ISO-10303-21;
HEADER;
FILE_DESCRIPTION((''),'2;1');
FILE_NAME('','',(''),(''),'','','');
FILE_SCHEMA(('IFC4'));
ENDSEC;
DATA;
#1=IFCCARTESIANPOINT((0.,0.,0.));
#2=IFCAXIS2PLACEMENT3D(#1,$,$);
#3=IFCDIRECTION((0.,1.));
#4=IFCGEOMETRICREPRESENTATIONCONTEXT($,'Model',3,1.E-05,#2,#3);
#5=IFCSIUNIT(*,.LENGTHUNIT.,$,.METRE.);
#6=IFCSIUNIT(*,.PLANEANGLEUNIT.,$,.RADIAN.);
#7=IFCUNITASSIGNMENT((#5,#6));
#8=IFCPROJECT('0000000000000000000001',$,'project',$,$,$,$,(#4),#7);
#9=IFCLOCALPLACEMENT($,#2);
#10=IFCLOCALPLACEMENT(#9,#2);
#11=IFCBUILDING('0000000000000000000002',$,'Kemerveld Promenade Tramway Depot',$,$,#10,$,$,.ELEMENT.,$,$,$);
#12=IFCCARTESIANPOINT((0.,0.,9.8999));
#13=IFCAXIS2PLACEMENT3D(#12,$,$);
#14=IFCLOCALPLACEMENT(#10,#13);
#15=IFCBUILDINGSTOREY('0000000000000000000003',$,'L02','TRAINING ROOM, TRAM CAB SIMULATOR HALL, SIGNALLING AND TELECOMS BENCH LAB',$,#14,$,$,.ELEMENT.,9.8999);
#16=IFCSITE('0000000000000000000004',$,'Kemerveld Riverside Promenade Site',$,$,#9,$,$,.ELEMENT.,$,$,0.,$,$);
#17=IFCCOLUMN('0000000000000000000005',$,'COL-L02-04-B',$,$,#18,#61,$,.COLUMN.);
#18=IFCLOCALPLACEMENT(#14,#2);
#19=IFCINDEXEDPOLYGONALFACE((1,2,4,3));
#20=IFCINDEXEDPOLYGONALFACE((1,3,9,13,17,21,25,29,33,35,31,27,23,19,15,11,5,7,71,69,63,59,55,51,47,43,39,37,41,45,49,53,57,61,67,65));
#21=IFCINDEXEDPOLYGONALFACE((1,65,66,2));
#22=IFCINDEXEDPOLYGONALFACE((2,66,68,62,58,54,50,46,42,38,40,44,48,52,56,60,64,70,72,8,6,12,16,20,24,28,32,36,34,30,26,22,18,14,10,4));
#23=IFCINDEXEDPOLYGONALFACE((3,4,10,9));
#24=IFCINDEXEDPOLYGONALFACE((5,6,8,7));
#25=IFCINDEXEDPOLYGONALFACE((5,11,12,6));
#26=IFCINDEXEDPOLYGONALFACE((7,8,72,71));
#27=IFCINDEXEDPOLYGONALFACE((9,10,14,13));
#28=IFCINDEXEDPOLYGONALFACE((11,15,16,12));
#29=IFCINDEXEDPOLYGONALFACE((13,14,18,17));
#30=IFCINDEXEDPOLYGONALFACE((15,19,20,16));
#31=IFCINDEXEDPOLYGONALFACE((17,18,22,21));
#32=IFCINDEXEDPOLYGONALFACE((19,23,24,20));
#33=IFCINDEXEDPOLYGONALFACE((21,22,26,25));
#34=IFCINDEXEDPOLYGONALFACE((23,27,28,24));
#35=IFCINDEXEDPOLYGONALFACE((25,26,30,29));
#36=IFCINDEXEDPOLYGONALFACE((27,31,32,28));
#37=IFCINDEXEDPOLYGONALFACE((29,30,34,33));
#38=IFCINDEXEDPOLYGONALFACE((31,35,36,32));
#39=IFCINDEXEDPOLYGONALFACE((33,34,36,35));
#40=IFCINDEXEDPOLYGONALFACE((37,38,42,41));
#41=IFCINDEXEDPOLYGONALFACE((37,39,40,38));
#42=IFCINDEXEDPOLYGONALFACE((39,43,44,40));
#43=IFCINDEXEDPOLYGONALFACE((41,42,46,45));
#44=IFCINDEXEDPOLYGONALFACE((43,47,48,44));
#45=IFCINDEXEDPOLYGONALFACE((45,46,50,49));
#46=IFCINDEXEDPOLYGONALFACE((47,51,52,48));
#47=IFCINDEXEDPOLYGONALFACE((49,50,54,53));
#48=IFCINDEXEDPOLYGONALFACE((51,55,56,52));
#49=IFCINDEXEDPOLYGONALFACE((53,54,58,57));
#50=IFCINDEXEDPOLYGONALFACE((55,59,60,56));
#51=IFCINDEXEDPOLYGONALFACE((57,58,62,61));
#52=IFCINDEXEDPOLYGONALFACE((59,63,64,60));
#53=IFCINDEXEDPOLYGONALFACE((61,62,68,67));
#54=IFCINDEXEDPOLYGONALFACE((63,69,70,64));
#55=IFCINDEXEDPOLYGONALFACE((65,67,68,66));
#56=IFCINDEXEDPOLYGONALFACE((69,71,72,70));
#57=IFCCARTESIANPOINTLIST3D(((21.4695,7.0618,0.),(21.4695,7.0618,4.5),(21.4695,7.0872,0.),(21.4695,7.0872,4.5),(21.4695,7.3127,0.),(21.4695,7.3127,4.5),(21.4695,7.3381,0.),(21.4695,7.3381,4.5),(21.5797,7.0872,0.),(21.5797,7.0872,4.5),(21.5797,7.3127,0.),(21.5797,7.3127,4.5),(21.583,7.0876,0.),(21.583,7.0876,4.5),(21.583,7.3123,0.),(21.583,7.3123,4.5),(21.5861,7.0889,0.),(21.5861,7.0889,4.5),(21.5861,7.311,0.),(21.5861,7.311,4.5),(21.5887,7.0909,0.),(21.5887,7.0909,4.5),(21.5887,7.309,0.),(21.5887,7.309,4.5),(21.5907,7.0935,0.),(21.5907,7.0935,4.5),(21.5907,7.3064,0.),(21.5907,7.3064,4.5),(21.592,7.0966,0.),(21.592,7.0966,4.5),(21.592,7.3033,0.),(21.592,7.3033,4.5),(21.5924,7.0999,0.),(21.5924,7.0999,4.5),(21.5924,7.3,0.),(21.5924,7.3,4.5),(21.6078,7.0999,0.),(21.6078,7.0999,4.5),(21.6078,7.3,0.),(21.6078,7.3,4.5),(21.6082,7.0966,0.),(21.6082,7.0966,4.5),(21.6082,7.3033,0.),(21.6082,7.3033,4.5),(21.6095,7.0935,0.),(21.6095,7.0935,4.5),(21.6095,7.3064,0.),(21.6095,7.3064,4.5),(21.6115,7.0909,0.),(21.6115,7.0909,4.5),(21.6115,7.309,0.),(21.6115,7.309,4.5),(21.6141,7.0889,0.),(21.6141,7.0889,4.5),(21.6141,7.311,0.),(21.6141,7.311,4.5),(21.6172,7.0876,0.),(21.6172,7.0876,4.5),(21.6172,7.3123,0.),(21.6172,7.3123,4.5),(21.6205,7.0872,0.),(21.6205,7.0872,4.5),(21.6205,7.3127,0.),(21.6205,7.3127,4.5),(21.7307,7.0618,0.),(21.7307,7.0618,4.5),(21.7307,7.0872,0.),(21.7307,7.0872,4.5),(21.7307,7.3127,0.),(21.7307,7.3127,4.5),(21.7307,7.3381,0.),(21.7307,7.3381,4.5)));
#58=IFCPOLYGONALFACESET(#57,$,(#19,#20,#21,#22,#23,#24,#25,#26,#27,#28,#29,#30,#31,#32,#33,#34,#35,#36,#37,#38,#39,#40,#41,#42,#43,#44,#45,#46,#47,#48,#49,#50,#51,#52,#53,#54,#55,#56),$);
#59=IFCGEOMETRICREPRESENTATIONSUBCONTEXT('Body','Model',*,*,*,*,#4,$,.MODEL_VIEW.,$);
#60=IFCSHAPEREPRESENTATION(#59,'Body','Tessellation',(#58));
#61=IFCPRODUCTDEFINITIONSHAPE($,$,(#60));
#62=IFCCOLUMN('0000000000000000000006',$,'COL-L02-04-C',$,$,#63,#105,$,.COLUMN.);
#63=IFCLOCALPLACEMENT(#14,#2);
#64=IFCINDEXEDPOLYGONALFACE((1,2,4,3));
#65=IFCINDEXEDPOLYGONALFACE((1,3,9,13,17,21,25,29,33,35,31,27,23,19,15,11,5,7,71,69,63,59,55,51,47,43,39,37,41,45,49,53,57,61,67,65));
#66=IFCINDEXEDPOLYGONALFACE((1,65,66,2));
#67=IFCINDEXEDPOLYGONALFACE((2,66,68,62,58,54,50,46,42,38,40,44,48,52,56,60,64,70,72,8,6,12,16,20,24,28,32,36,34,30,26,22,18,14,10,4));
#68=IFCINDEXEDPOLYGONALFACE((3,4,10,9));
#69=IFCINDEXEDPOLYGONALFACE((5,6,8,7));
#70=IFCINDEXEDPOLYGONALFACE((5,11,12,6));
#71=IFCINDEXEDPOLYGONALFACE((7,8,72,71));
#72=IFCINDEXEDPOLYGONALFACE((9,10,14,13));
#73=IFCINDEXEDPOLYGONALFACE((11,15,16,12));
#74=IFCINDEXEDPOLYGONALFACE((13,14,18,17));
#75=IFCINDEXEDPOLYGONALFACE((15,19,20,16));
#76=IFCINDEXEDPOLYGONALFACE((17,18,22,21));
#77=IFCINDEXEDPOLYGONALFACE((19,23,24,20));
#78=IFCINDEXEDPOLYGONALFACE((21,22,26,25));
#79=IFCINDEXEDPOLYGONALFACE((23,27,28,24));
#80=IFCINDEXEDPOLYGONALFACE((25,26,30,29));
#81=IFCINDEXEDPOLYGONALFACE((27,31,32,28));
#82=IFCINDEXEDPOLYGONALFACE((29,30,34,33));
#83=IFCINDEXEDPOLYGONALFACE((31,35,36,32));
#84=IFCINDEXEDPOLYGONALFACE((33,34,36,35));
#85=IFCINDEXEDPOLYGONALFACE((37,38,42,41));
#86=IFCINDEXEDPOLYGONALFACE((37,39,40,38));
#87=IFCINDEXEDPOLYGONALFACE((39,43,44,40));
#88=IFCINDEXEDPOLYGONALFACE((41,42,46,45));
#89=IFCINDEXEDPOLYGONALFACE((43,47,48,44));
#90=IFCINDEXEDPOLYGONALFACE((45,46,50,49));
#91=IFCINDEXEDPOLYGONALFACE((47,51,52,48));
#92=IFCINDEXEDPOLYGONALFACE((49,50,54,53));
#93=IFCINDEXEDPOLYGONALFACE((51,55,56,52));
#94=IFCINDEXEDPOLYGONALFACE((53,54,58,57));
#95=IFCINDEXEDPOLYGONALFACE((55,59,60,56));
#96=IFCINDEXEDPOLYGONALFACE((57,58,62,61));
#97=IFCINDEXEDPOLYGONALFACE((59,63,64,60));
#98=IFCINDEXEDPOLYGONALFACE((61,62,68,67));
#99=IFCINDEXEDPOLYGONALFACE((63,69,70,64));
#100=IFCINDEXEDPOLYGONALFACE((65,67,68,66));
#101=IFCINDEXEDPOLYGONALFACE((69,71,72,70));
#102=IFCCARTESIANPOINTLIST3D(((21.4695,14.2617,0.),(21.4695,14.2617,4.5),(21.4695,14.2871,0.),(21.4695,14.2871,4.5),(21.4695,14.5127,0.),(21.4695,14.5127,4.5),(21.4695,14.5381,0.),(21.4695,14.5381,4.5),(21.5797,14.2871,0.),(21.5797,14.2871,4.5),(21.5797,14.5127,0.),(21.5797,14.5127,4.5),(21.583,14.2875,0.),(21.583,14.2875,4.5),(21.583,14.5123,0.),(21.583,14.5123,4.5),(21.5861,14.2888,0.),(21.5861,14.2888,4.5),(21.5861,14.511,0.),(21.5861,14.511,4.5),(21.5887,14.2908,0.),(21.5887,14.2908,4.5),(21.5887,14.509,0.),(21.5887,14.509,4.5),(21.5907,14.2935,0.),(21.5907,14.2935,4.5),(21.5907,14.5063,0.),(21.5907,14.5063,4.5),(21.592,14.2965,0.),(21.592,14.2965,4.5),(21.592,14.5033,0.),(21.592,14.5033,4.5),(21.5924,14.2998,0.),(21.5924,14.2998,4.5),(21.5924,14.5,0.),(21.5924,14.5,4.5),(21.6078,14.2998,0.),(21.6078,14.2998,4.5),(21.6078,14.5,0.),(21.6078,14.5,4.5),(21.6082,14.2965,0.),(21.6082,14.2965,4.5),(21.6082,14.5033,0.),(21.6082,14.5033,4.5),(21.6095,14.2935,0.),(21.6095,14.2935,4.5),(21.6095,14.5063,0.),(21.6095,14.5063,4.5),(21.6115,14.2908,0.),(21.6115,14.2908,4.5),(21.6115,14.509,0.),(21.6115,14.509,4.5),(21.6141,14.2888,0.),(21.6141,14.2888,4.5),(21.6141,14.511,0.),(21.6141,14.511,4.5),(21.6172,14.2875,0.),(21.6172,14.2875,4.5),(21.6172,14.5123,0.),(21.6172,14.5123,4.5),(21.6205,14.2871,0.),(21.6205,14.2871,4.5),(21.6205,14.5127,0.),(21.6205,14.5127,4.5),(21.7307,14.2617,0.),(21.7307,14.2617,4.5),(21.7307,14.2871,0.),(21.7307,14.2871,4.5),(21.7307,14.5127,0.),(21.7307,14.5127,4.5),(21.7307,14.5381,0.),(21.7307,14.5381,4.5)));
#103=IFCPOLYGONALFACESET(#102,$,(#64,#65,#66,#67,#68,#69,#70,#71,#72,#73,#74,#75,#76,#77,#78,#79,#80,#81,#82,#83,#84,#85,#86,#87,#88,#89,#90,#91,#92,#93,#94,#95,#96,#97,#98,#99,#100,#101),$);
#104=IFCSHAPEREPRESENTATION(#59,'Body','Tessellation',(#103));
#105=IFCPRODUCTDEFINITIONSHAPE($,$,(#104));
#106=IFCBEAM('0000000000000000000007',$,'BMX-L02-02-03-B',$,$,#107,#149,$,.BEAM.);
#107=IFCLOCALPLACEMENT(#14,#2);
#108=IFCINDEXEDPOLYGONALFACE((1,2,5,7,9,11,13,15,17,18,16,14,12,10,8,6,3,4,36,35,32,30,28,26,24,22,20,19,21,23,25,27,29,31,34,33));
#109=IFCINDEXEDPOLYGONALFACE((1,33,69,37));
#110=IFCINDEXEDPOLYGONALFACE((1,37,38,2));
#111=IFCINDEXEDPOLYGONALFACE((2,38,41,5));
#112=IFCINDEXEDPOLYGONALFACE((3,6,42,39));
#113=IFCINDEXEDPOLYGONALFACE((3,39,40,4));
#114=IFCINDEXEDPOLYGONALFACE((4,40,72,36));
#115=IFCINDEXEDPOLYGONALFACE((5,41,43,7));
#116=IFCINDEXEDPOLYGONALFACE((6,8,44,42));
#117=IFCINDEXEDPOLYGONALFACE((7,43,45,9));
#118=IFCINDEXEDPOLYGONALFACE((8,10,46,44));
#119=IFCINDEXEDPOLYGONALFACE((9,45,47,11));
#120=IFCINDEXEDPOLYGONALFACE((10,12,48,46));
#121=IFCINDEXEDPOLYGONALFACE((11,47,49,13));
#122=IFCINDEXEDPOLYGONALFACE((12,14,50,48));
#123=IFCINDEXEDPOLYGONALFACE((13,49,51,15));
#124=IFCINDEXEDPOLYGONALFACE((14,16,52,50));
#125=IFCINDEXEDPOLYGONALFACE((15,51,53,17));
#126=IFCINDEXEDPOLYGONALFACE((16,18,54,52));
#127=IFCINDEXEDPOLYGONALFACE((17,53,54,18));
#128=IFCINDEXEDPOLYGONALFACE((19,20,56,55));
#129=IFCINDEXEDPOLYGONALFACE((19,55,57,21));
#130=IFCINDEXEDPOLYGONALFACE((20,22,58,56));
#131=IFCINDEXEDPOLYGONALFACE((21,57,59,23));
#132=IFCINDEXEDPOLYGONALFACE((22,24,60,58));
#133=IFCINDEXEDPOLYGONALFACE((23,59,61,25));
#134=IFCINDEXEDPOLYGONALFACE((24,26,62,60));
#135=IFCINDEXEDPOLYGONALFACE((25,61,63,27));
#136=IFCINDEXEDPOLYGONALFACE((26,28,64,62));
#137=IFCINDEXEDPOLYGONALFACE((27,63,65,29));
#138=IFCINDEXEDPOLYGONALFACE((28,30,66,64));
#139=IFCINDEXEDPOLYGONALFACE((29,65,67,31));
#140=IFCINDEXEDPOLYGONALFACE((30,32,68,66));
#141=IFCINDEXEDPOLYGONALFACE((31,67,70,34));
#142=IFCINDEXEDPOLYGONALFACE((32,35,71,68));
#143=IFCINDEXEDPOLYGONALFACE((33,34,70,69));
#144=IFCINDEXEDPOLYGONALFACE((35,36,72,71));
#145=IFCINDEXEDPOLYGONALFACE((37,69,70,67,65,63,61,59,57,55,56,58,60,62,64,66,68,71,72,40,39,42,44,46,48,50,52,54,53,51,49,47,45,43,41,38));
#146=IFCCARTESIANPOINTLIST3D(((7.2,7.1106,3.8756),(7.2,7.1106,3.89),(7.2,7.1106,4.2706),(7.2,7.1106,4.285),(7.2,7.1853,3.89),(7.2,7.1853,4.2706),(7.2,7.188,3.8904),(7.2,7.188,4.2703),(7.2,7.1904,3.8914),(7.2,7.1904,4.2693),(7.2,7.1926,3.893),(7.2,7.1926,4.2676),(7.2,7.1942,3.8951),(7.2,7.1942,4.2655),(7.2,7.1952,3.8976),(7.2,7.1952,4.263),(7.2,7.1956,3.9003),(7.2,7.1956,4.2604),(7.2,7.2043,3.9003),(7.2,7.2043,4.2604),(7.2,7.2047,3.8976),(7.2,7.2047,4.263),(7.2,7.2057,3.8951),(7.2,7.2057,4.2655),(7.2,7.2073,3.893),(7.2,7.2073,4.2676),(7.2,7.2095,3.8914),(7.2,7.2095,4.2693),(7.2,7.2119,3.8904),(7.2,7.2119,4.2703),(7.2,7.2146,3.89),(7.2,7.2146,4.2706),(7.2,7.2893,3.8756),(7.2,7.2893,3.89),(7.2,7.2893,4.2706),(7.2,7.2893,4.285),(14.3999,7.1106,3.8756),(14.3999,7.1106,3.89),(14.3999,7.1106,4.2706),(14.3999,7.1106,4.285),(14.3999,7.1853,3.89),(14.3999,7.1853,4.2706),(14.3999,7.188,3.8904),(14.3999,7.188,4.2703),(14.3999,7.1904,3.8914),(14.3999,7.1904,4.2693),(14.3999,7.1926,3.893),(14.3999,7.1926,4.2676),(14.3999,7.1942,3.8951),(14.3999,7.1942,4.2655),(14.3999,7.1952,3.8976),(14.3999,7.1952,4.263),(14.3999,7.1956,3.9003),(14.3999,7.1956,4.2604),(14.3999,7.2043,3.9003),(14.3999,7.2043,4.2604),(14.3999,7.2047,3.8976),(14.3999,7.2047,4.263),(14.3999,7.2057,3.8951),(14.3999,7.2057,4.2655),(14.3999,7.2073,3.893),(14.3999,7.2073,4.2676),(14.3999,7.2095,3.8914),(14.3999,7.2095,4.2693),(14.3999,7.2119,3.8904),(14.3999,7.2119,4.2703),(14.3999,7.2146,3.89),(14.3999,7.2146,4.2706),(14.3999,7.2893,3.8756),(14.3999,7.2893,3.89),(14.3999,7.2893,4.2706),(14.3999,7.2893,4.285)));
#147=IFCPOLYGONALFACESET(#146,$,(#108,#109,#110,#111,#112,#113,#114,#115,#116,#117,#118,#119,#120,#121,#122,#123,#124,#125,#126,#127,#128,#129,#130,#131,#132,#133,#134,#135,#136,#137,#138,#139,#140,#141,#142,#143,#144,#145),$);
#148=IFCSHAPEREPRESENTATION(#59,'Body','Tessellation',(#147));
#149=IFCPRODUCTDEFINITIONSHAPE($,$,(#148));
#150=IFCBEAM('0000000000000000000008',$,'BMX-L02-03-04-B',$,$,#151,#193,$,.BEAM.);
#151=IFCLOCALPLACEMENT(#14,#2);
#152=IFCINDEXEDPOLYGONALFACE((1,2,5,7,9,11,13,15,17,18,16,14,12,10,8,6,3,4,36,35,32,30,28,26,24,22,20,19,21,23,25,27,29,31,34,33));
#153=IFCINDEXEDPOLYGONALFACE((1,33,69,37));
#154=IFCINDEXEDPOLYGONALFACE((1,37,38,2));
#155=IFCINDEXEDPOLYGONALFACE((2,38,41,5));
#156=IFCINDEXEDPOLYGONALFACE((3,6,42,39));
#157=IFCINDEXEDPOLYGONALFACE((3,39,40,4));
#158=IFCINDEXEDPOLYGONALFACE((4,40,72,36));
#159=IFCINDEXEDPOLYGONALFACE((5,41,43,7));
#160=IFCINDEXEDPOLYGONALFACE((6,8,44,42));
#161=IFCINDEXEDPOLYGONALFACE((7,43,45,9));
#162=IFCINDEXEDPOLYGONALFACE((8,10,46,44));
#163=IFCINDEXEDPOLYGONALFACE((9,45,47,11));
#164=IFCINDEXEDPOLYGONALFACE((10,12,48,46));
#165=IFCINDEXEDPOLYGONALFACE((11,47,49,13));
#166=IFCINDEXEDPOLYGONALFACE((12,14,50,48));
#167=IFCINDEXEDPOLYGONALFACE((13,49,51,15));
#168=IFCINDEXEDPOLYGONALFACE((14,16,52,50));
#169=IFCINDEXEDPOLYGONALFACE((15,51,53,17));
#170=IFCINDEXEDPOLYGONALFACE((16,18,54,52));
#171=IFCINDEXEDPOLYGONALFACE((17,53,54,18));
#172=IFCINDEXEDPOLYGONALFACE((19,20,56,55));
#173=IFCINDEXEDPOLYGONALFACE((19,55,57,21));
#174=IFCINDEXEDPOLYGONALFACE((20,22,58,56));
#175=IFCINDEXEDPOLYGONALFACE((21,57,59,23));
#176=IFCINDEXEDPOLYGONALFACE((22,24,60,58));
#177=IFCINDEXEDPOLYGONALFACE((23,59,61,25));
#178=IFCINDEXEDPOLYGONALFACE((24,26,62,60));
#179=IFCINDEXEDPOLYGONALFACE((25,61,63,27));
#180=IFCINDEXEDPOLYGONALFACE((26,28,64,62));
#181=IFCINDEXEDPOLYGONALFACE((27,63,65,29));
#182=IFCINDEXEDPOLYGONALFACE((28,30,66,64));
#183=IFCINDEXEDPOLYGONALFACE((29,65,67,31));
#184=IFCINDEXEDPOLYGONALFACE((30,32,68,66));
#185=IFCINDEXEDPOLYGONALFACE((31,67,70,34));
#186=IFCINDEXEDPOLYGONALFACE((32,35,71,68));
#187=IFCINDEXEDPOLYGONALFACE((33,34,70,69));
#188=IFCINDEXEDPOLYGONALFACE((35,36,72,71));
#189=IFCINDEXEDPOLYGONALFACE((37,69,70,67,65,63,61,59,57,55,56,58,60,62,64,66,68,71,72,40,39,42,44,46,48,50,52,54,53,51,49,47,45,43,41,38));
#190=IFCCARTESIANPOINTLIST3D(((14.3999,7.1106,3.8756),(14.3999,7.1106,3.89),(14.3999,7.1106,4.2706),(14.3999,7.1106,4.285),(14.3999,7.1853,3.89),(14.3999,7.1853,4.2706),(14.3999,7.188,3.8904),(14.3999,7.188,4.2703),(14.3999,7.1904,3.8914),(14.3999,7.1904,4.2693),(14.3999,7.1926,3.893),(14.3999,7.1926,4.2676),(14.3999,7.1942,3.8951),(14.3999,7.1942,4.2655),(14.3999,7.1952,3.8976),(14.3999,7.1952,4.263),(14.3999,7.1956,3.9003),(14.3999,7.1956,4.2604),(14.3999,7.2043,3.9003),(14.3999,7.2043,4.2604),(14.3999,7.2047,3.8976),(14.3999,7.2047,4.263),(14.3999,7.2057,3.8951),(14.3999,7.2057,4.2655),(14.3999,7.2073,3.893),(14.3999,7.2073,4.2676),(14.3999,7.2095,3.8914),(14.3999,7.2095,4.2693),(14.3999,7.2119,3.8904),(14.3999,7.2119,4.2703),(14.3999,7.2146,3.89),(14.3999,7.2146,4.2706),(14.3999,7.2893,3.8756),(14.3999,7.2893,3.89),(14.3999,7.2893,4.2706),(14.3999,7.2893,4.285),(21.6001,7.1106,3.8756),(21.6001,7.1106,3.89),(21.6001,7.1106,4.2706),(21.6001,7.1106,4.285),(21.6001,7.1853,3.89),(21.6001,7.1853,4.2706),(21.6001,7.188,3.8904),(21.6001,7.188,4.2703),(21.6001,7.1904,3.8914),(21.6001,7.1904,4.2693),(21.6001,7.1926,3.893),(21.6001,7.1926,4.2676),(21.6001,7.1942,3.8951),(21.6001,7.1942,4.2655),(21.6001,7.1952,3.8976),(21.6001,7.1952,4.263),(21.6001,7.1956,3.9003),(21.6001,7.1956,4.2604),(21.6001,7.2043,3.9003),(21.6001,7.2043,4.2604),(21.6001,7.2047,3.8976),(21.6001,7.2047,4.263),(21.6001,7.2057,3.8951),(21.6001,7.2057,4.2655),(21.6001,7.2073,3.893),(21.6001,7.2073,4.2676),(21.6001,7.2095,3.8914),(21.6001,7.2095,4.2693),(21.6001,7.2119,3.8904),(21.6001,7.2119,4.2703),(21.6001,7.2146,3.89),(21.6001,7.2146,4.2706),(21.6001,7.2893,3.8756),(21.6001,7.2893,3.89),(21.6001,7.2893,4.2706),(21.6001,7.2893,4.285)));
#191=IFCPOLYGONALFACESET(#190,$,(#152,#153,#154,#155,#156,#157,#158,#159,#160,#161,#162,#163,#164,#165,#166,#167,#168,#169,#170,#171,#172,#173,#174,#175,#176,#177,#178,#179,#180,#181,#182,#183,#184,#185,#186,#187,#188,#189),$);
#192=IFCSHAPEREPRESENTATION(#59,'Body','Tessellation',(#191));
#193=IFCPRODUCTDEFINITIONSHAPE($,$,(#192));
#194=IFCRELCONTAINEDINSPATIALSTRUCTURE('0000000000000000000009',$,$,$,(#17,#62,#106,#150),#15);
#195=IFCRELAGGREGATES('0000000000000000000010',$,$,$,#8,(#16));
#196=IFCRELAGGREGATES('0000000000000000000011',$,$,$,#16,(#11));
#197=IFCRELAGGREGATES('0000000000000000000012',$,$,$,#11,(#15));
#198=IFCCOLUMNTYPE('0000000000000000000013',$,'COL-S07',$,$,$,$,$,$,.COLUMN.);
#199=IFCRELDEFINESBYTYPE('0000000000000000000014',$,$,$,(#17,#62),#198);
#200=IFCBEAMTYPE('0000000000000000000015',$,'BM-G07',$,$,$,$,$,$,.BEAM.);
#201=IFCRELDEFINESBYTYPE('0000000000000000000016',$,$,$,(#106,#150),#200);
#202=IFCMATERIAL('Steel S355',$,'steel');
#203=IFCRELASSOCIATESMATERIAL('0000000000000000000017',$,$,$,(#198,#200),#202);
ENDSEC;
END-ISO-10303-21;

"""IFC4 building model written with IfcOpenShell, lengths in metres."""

from ifc_helpers import new_model, si_unit, direction, frame, origin, origin_2d, place, context, subcontext, project, spatial, i_section, extrude, material, material_profile, profile_set, type_object, element, save


model = new_model("IFC4")

# Units and contexts
model_context = context("Model", 3, precision=1e-05, world=origin(), true_north=direction((0.0, 1.0)))
body_context = subcontext(model_context, "Body", "Model", "MODEL_VIEW")
ifc_project = project(units=[si_unit("LENGTHUNIT", "METRE"), si_unit("PLANEANGLEUNIT", "RADIAN")], contexts=[model_context])

# Site, building, storey
site_placement = place(None, origin())
site = spatial("IfcSite", under=ifc_project, at=site_placement, Name="Kemerveld Riverside Promenade Site", CompositionType="ELEMENT", RefElevation=0.0)
building_placement = place(site_placement, origin())
building = spatial("IfcBuilding", under=site, at=building_placement, Name="Kemerveld Promenade Tramway Depot", CompositionType="ELEMENT")
storey_placement = place(building_placement, frame((0.0, 0.0, 9.8999)))
storey = spatial("IfcBuildingStorey", under=building, at=storey_placement, Name="L02", Description="TRAINING ROOM, TRAM CAB SIMULATOR HALL, SIGNALLING AND TELECOMS BENCH LAB", CompositionType="ELEMENT", Elevation=9.8999)

# Columns
ifc_material_1 = material(Name="Steel S355", Category="steel")
ifc_material_profile_1 = material_profile(ifc_material_1, i_section(OverallWidth=0.2612, OverallDepth=0.2764, WebThickness=0.0154, FlangeThickness=0.0254, FilletRadius=0.0127, at=origin_2d()), Name="254x254x132 UC")
ifc_profile_set_1 = profile_set([ifc_material_profile_1], Name="Steel S355")
column_type = type_object("IfcColumnType", Name="COL-S07", PredefinedType="COLUMN", material=ifc_profile_set_1)
for number, where, z_axis, x_axis, name in (
    (1, (21.6001, 7.2, 0.0), (0.0, 0.0, 1.0), (1.0, 0.0, 0.0), "COL-L02-04-B"),
    (2, (21.6001, 14.3999, 0.0), (0.0, 0.0, 1.0), (1.0, 0.0, 0.0), "COL-L02-04-C"),
):
    element("IfcColumn", number, at=place(storey_placement, frame(where, z_axis=z_axis, x_axis=x_axis)), inside=storey, type_object=column_type, Name=name, PredefinedType="COLUMN", context=body_context, shape_type="SweptSolid", body=[
        extrude(i_section(OverallWidth=0.2612, OverallDepth=0.2764, WebThickness=0.0154, FlangeThickness=0.0254, FilletRadius=0.0127, at=origin_2d()), origin(), (0.0, 0.0, 1.0), 4.5),
    ])

# Beams
ifc_material_profile_2 = material_profile(ifc_material_1, i_section(OverallWidth=0.1787, OverallDepth=0.4094, WebThickness=0.0088, FlangeThickness=0.0144, FilletRadius=0.0103, at=origin_2d()), Name="406x178x67 UB")
ifc_profile_set_2 = profile_set([ifc_material_profile_2], Name="Steel S355")
beam_type_1 = type_object("IfcBeamType", Name="BM-G07", PredefinedType="BEAM", material=ifc_profile_set_2)
beam_1_placement = place(storey_placement, frame((7.2, 7.2, 4.0803), z_axis=(1.0, 0.0, 0.0), x_axis=(0.0, 1.0, 0.0)))
element("IfcBeam", 3, at=beam_1_placement, inside=storey, type_object=beam_type_1, Name="BMX-L02-02-03-B", PredefinedType="BEAM", context=body_context, shape_type="SweptSolid", body=[
    extrude(i_section(OverallWidth=0.1787, OverallDepth=0.4094, WebThickness=0.0088, FlangeThickness=0.0144, FilletRadius=0.0103, at=origin_2d()), origin(), (0.0, 0.0, 1.0), 7.2),
])
beam_2_placement = place(storey_placement, frame((14.3999, 7.2, 4.0803), z_axis=(1.0, 0.0, 0.0), x_axis=(0.0, 1.0, 0.0)))
element("IfcBeam", 4, at=beam_2_placement, inside=storey, type_object=beam_type_1, Name="BMX-L02-03-04-B", PredefinedType="BEAM", context=body_context, shape_type="SweptSolid", body=[
    extrude(i_section(OverallWidth=0.1787, OverallDepth=0.4094, WebThickness=0.0088, FlangeThickness=0.0144, FilletRadius=0.0103, at=origin_2d()), origin(), (0.0, 0.0, 1.0), 7.2002),
])

save(model, "model.ifc")
